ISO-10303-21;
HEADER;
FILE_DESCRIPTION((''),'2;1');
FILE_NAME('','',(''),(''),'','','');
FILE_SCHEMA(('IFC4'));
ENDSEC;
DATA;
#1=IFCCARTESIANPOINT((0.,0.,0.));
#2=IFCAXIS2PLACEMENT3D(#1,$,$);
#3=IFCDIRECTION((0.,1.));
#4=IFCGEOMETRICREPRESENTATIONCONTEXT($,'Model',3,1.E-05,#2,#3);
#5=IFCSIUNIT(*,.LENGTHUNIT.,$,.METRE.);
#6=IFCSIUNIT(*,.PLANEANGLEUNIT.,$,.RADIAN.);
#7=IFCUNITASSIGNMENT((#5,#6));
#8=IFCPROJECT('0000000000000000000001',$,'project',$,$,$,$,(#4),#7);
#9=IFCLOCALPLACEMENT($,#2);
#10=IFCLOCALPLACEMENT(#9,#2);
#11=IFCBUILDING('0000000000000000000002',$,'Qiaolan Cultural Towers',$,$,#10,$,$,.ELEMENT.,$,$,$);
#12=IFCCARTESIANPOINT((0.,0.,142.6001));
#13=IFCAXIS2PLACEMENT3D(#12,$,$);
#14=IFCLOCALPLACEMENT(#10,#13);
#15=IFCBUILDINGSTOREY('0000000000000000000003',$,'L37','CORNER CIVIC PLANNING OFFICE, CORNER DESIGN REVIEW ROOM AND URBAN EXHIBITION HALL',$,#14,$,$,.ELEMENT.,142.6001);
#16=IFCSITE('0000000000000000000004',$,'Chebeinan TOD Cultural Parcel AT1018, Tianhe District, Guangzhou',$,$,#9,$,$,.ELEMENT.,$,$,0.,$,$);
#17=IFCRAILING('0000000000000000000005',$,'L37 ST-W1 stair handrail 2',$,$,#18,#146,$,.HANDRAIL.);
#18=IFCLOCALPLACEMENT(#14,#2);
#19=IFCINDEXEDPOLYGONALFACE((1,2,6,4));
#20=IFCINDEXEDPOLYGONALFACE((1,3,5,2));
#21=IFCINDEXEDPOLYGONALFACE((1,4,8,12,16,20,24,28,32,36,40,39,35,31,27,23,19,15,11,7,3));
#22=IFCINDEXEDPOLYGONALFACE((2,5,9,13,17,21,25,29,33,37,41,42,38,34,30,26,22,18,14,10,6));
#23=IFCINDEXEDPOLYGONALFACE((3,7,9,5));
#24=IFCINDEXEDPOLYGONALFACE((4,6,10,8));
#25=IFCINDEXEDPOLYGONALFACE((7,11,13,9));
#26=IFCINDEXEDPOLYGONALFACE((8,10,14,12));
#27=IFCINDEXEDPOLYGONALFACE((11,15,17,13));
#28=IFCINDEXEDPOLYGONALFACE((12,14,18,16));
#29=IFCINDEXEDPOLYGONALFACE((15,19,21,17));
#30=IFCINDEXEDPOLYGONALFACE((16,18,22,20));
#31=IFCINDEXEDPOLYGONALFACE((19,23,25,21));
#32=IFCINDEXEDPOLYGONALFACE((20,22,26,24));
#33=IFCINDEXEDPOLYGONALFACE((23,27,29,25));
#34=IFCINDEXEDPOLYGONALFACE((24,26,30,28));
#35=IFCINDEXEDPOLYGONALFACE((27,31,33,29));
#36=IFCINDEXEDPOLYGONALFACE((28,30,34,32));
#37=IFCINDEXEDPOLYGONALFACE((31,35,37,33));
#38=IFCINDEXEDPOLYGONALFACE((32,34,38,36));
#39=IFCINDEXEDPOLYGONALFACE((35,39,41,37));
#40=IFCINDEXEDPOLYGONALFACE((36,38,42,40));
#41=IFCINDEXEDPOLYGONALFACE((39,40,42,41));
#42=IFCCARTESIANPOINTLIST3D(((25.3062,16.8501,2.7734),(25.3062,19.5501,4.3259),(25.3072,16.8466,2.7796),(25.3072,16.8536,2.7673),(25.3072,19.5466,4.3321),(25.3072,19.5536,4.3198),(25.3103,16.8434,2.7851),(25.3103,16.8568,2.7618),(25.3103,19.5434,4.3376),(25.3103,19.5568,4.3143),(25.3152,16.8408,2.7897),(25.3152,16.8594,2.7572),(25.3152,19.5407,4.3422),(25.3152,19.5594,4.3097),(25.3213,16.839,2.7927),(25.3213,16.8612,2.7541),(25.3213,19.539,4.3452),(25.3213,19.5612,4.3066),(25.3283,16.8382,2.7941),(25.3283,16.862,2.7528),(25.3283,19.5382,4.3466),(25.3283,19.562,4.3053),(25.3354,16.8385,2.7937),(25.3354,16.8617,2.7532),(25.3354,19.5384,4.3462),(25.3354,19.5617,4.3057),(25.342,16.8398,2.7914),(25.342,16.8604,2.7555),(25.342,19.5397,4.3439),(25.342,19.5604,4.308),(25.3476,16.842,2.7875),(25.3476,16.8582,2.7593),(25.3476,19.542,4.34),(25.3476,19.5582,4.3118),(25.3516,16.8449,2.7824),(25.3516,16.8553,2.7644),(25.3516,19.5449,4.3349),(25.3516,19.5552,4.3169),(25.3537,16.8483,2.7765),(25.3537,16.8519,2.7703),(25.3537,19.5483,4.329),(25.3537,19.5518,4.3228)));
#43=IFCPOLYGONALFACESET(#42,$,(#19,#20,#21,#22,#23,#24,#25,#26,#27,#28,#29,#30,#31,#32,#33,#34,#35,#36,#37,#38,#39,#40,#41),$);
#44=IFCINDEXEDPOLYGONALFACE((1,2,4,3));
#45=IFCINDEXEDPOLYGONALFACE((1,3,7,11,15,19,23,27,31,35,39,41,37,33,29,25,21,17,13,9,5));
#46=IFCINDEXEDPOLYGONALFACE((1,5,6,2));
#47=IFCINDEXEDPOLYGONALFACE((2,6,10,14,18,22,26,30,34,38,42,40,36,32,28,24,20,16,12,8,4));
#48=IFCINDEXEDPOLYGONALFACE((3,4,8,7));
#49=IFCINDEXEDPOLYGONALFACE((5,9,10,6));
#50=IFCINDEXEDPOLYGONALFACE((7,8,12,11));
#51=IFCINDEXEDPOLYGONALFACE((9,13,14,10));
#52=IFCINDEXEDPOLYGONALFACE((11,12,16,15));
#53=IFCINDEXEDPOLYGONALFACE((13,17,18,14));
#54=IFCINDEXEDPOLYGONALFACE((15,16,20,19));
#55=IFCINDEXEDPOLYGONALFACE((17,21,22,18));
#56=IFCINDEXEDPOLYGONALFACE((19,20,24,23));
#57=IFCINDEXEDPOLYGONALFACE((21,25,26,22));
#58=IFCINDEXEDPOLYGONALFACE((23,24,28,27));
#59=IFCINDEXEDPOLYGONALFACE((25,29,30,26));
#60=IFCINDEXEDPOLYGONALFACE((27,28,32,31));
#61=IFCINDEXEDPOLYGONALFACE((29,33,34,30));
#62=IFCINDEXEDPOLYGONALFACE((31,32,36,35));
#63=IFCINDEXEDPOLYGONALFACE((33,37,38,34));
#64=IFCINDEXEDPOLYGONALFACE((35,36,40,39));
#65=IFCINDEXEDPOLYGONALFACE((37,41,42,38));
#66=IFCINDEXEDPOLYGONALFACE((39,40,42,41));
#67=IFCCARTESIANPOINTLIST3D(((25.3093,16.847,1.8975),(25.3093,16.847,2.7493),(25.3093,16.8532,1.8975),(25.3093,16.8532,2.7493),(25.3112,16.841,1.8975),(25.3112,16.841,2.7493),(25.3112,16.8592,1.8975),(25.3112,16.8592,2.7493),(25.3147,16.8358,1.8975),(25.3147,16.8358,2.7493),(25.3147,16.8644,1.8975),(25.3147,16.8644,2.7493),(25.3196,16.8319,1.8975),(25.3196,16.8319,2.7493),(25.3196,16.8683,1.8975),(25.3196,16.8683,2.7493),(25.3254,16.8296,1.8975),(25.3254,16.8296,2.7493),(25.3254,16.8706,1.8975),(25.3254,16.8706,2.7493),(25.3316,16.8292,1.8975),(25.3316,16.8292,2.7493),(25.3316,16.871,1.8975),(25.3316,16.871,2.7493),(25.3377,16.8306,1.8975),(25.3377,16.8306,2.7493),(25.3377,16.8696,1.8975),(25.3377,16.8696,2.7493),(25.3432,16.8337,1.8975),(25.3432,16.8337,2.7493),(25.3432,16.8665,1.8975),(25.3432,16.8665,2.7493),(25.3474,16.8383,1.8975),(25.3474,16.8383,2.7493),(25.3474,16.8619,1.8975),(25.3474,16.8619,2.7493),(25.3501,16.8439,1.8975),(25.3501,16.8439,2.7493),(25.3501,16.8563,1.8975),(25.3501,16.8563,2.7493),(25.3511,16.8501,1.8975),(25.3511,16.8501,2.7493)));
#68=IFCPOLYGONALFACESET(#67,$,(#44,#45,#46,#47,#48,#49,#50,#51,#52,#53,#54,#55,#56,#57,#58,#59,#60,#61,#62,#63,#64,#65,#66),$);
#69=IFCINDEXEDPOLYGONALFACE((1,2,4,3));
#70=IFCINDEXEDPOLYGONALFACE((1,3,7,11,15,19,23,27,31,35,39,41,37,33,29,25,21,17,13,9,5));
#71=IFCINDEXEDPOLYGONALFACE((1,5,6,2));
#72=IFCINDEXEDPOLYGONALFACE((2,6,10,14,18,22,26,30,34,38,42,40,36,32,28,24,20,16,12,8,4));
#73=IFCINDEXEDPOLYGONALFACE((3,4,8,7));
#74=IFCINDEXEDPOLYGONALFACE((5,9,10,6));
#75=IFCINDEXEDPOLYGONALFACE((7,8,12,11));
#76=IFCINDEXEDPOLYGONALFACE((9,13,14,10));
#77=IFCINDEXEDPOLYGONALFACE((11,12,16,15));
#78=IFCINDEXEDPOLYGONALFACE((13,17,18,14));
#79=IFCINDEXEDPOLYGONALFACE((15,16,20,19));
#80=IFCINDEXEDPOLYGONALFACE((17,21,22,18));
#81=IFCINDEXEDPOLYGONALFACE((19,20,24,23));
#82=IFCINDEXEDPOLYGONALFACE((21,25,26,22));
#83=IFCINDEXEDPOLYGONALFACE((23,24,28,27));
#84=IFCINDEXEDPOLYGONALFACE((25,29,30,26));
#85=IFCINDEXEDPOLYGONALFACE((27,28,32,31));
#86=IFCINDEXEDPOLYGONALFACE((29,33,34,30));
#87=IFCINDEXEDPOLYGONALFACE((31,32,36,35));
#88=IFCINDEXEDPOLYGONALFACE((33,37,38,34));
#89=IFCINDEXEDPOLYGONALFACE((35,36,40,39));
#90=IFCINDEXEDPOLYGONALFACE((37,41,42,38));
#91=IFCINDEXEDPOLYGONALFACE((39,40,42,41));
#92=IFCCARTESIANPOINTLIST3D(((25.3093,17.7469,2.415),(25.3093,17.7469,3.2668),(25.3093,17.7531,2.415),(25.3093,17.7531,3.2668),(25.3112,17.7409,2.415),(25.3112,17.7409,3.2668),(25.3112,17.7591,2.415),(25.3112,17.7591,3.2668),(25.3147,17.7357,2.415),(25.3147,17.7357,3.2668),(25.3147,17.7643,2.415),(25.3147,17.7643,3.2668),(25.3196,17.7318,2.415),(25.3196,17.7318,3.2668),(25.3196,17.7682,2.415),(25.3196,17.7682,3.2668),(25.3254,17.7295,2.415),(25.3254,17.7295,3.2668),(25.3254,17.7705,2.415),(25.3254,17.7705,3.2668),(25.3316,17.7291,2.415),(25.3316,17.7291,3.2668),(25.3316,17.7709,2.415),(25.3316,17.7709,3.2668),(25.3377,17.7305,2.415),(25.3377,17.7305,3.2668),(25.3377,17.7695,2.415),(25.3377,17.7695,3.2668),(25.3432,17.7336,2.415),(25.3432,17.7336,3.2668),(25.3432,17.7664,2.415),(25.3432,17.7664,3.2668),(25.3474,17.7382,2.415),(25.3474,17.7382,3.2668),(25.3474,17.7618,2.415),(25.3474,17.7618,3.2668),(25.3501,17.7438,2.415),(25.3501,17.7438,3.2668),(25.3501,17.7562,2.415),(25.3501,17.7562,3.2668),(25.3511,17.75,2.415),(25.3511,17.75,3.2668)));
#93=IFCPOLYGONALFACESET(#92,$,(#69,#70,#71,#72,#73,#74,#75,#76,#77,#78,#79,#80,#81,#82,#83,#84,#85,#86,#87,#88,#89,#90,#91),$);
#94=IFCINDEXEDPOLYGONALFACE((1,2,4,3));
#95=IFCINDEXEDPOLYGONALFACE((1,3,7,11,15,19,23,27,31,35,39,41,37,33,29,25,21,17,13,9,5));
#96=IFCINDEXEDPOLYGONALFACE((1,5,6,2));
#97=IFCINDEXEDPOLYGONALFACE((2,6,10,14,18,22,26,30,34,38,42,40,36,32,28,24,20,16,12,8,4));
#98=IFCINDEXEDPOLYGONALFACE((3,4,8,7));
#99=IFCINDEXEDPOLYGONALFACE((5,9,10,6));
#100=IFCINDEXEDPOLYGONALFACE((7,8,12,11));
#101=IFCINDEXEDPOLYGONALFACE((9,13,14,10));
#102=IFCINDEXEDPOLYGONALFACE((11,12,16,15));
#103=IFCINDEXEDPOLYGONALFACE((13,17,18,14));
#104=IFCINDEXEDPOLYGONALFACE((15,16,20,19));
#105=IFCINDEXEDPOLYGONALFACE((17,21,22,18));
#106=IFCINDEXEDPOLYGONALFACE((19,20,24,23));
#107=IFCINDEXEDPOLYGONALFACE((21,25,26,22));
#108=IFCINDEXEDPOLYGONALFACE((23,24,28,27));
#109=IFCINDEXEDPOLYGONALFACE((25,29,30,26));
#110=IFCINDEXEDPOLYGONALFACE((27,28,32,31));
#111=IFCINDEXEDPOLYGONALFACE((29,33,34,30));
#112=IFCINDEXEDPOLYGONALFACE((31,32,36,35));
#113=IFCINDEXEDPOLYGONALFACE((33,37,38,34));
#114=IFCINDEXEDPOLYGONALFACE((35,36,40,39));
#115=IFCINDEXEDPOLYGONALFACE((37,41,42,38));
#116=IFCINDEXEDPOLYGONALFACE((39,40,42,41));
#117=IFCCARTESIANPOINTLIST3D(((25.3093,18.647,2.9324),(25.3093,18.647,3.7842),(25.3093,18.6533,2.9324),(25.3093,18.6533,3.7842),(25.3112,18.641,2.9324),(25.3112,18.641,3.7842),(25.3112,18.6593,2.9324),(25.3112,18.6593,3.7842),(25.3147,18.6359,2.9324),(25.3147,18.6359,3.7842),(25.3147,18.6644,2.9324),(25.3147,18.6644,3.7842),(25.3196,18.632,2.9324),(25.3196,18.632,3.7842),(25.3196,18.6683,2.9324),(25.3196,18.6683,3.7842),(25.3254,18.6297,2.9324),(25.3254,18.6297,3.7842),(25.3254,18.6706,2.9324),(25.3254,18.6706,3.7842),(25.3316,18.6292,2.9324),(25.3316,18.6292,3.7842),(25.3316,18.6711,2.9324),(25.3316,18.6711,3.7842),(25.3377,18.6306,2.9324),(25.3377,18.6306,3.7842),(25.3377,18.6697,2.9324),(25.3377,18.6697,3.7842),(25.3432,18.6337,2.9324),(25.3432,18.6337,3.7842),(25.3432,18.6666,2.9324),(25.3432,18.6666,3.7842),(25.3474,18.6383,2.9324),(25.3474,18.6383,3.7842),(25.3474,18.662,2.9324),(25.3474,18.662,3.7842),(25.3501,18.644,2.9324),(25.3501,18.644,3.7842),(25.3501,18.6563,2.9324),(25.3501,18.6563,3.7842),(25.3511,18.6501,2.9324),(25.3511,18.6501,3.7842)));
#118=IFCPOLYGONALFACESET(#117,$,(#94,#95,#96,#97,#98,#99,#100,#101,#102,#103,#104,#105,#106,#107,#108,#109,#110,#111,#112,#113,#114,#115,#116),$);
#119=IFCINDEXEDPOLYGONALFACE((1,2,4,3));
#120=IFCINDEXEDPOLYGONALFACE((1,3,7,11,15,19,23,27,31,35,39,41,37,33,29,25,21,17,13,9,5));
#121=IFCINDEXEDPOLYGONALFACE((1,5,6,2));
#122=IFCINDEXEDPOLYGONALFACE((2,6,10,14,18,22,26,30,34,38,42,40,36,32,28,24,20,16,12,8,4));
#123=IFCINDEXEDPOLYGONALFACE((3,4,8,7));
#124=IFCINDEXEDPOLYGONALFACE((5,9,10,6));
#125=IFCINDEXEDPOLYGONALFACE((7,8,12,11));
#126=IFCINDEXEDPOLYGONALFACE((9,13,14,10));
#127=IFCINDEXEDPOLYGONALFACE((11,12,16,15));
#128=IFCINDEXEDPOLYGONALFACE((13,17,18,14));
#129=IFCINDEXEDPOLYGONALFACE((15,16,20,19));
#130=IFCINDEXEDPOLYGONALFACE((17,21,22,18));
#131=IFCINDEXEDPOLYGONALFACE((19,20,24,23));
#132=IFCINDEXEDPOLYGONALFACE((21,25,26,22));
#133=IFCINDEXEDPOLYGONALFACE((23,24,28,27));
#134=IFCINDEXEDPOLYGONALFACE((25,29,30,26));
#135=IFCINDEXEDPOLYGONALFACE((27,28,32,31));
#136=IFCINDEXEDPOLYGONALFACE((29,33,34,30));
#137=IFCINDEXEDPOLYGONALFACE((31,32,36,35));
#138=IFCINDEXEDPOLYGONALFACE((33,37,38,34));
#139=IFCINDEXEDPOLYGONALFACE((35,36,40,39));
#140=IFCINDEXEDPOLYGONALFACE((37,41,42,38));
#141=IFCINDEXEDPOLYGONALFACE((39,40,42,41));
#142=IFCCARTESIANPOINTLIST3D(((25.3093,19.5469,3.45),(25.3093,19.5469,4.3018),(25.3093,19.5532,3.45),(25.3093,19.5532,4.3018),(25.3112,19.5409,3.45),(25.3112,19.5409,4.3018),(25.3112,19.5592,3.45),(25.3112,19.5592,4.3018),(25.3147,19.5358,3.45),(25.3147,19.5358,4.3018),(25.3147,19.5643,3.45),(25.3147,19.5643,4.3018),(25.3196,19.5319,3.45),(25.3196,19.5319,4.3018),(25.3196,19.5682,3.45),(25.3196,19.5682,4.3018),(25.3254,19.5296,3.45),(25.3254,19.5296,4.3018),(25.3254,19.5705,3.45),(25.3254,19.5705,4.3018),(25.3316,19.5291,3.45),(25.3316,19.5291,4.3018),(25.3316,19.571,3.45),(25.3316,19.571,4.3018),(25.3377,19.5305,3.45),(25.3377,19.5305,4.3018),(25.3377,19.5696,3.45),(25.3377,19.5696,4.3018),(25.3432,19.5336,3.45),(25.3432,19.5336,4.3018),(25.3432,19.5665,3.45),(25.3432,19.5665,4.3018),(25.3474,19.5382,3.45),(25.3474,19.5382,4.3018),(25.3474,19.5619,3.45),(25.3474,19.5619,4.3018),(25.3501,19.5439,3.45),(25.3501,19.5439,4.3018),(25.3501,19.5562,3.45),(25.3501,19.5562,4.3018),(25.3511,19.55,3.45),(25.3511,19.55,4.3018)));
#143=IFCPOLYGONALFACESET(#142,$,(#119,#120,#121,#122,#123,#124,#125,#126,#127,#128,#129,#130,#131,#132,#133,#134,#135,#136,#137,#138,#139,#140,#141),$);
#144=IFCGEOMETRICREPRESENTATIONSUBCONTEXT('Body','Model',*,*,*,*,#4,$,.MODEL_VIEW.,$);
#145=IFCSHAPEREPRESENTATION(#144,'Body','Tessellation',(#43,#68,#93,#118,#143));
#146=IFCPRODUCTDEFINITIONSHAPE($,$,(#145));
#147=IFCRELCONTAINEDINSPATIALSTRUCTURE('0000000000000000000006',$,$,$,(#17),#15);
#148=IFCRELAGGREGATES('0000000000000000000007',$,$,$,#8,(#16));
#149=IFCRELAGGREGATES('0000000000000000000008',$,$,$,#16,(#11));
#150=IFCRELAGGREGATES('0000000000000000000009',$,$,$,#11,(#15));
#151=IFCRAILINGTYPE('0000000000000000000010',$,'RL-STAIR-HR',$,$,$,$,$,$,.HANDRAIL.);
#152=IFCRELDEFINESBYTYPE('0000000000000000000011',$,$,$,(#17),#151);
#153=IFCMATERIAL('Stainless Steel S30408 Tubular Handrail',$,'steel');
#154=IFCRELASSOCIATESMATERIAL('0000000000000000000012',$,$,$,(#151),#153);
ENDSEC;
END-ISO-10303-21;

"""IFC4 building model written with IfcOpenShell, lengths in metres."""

from ifc_helpers import new_model, si_unit, direction, frame, origin, origin_2d, place, context, subcontext, project, spatial, circle, extrude, material, type_object, element, save


model = new_model("IFC4")

# Units and contexts
model_context = context("Model", 3, precision=1e-05, world=origin(), true_north=direction((0.0, 1.0)))
body_context = subcontext(model_context, "Body", "Model", "MODEL_VIEW")
ifc_project = project(units=[si_unit("LENGTHUNIT", "METRE"), si_unit("PLANEANGLEUNIT", "RADIAN")], contexts=[model_context])

# Site, building, storey
site_placement = place(None, origin())
site = spatial("IfcSite", under=ifc_project, at=site_placement, Name="Chebeinan TOD Cultural Parcel AT1018, Tianhe District, Guangzhou", CompositionType="ELEMENT", RefElevation=0.0)
building_placement = place(site_placement, origin())
building = spatial("IfcBuilding", under=site, at=building_placement, Name="Qiaolan Cultural Towers", CompositionType="ELEMENT")
storey_placement = place(building_placement, frame((0.0, 0.0, 142.6001)))
storey = spatial("IfcBuildingStorey", under=building, at=storey_placement, Name="L37", Description="CORNER CIVIC PLANNING OFFICE, CORNER DESIGN REVIEW ROOM AND URBAN EXHIBITION HALL", CompositionType="ELEMENT", Elevation=142.6001)

# Railing
ifc_material_1 = material(Name="Stainless Steel S30408 Tubular Handrail", Category="steel")
railing_type_1 = type_object("IfcRailingType", Name="RL-STAIR-HR", PredefinedType="HANDRAIL", material=ifc_material_1)
railing_1_placement = place(storey_placement, frame((25.3301, 16.8501, 1.8975)))
element("IfcRailing", 1, at=railing_1_placement, inside=storey, type_object=railing_type_1, Name="L37 ST-W1 stair handrail 2", PredefinedType="HANDRAIL", context=body_context, shape_type="SweptSolid", body=[
    extrude(circle(Radius=0.0239, at=origin_2d()), frame((0.0, 0.0, 0.876), z_axis=(0.0, 0.866904, 0.498476), x_axis=(-1.0, 0.0, 0.0)), (0.0, 0.0, 1.0), 3.1145),
    extrude(circle(Radius=0.021, at=origin_2d()), origin(), (0.0, 0.0, 1.0), 0.8518),
    extrude(circle(Radius=0.021, at=origin_2d()), frame((0.0, 0.8999, 0.5176)), (0.0, 0.0, 1.0), 0.8518),
    extrude(circle(Radius=0.021, at=origin_2d()), frame((0.0, 1.8, 1.0349)), (0.0, 0.0, 1.0), 0.8518),
    extrude(circle(Radius=0.021, at=origin_2d()), frame((0.0, 2.7, 1.5525)), (0.0, 0.0, 1.0), 0.8518),
])

save(model, "model.ifc")
